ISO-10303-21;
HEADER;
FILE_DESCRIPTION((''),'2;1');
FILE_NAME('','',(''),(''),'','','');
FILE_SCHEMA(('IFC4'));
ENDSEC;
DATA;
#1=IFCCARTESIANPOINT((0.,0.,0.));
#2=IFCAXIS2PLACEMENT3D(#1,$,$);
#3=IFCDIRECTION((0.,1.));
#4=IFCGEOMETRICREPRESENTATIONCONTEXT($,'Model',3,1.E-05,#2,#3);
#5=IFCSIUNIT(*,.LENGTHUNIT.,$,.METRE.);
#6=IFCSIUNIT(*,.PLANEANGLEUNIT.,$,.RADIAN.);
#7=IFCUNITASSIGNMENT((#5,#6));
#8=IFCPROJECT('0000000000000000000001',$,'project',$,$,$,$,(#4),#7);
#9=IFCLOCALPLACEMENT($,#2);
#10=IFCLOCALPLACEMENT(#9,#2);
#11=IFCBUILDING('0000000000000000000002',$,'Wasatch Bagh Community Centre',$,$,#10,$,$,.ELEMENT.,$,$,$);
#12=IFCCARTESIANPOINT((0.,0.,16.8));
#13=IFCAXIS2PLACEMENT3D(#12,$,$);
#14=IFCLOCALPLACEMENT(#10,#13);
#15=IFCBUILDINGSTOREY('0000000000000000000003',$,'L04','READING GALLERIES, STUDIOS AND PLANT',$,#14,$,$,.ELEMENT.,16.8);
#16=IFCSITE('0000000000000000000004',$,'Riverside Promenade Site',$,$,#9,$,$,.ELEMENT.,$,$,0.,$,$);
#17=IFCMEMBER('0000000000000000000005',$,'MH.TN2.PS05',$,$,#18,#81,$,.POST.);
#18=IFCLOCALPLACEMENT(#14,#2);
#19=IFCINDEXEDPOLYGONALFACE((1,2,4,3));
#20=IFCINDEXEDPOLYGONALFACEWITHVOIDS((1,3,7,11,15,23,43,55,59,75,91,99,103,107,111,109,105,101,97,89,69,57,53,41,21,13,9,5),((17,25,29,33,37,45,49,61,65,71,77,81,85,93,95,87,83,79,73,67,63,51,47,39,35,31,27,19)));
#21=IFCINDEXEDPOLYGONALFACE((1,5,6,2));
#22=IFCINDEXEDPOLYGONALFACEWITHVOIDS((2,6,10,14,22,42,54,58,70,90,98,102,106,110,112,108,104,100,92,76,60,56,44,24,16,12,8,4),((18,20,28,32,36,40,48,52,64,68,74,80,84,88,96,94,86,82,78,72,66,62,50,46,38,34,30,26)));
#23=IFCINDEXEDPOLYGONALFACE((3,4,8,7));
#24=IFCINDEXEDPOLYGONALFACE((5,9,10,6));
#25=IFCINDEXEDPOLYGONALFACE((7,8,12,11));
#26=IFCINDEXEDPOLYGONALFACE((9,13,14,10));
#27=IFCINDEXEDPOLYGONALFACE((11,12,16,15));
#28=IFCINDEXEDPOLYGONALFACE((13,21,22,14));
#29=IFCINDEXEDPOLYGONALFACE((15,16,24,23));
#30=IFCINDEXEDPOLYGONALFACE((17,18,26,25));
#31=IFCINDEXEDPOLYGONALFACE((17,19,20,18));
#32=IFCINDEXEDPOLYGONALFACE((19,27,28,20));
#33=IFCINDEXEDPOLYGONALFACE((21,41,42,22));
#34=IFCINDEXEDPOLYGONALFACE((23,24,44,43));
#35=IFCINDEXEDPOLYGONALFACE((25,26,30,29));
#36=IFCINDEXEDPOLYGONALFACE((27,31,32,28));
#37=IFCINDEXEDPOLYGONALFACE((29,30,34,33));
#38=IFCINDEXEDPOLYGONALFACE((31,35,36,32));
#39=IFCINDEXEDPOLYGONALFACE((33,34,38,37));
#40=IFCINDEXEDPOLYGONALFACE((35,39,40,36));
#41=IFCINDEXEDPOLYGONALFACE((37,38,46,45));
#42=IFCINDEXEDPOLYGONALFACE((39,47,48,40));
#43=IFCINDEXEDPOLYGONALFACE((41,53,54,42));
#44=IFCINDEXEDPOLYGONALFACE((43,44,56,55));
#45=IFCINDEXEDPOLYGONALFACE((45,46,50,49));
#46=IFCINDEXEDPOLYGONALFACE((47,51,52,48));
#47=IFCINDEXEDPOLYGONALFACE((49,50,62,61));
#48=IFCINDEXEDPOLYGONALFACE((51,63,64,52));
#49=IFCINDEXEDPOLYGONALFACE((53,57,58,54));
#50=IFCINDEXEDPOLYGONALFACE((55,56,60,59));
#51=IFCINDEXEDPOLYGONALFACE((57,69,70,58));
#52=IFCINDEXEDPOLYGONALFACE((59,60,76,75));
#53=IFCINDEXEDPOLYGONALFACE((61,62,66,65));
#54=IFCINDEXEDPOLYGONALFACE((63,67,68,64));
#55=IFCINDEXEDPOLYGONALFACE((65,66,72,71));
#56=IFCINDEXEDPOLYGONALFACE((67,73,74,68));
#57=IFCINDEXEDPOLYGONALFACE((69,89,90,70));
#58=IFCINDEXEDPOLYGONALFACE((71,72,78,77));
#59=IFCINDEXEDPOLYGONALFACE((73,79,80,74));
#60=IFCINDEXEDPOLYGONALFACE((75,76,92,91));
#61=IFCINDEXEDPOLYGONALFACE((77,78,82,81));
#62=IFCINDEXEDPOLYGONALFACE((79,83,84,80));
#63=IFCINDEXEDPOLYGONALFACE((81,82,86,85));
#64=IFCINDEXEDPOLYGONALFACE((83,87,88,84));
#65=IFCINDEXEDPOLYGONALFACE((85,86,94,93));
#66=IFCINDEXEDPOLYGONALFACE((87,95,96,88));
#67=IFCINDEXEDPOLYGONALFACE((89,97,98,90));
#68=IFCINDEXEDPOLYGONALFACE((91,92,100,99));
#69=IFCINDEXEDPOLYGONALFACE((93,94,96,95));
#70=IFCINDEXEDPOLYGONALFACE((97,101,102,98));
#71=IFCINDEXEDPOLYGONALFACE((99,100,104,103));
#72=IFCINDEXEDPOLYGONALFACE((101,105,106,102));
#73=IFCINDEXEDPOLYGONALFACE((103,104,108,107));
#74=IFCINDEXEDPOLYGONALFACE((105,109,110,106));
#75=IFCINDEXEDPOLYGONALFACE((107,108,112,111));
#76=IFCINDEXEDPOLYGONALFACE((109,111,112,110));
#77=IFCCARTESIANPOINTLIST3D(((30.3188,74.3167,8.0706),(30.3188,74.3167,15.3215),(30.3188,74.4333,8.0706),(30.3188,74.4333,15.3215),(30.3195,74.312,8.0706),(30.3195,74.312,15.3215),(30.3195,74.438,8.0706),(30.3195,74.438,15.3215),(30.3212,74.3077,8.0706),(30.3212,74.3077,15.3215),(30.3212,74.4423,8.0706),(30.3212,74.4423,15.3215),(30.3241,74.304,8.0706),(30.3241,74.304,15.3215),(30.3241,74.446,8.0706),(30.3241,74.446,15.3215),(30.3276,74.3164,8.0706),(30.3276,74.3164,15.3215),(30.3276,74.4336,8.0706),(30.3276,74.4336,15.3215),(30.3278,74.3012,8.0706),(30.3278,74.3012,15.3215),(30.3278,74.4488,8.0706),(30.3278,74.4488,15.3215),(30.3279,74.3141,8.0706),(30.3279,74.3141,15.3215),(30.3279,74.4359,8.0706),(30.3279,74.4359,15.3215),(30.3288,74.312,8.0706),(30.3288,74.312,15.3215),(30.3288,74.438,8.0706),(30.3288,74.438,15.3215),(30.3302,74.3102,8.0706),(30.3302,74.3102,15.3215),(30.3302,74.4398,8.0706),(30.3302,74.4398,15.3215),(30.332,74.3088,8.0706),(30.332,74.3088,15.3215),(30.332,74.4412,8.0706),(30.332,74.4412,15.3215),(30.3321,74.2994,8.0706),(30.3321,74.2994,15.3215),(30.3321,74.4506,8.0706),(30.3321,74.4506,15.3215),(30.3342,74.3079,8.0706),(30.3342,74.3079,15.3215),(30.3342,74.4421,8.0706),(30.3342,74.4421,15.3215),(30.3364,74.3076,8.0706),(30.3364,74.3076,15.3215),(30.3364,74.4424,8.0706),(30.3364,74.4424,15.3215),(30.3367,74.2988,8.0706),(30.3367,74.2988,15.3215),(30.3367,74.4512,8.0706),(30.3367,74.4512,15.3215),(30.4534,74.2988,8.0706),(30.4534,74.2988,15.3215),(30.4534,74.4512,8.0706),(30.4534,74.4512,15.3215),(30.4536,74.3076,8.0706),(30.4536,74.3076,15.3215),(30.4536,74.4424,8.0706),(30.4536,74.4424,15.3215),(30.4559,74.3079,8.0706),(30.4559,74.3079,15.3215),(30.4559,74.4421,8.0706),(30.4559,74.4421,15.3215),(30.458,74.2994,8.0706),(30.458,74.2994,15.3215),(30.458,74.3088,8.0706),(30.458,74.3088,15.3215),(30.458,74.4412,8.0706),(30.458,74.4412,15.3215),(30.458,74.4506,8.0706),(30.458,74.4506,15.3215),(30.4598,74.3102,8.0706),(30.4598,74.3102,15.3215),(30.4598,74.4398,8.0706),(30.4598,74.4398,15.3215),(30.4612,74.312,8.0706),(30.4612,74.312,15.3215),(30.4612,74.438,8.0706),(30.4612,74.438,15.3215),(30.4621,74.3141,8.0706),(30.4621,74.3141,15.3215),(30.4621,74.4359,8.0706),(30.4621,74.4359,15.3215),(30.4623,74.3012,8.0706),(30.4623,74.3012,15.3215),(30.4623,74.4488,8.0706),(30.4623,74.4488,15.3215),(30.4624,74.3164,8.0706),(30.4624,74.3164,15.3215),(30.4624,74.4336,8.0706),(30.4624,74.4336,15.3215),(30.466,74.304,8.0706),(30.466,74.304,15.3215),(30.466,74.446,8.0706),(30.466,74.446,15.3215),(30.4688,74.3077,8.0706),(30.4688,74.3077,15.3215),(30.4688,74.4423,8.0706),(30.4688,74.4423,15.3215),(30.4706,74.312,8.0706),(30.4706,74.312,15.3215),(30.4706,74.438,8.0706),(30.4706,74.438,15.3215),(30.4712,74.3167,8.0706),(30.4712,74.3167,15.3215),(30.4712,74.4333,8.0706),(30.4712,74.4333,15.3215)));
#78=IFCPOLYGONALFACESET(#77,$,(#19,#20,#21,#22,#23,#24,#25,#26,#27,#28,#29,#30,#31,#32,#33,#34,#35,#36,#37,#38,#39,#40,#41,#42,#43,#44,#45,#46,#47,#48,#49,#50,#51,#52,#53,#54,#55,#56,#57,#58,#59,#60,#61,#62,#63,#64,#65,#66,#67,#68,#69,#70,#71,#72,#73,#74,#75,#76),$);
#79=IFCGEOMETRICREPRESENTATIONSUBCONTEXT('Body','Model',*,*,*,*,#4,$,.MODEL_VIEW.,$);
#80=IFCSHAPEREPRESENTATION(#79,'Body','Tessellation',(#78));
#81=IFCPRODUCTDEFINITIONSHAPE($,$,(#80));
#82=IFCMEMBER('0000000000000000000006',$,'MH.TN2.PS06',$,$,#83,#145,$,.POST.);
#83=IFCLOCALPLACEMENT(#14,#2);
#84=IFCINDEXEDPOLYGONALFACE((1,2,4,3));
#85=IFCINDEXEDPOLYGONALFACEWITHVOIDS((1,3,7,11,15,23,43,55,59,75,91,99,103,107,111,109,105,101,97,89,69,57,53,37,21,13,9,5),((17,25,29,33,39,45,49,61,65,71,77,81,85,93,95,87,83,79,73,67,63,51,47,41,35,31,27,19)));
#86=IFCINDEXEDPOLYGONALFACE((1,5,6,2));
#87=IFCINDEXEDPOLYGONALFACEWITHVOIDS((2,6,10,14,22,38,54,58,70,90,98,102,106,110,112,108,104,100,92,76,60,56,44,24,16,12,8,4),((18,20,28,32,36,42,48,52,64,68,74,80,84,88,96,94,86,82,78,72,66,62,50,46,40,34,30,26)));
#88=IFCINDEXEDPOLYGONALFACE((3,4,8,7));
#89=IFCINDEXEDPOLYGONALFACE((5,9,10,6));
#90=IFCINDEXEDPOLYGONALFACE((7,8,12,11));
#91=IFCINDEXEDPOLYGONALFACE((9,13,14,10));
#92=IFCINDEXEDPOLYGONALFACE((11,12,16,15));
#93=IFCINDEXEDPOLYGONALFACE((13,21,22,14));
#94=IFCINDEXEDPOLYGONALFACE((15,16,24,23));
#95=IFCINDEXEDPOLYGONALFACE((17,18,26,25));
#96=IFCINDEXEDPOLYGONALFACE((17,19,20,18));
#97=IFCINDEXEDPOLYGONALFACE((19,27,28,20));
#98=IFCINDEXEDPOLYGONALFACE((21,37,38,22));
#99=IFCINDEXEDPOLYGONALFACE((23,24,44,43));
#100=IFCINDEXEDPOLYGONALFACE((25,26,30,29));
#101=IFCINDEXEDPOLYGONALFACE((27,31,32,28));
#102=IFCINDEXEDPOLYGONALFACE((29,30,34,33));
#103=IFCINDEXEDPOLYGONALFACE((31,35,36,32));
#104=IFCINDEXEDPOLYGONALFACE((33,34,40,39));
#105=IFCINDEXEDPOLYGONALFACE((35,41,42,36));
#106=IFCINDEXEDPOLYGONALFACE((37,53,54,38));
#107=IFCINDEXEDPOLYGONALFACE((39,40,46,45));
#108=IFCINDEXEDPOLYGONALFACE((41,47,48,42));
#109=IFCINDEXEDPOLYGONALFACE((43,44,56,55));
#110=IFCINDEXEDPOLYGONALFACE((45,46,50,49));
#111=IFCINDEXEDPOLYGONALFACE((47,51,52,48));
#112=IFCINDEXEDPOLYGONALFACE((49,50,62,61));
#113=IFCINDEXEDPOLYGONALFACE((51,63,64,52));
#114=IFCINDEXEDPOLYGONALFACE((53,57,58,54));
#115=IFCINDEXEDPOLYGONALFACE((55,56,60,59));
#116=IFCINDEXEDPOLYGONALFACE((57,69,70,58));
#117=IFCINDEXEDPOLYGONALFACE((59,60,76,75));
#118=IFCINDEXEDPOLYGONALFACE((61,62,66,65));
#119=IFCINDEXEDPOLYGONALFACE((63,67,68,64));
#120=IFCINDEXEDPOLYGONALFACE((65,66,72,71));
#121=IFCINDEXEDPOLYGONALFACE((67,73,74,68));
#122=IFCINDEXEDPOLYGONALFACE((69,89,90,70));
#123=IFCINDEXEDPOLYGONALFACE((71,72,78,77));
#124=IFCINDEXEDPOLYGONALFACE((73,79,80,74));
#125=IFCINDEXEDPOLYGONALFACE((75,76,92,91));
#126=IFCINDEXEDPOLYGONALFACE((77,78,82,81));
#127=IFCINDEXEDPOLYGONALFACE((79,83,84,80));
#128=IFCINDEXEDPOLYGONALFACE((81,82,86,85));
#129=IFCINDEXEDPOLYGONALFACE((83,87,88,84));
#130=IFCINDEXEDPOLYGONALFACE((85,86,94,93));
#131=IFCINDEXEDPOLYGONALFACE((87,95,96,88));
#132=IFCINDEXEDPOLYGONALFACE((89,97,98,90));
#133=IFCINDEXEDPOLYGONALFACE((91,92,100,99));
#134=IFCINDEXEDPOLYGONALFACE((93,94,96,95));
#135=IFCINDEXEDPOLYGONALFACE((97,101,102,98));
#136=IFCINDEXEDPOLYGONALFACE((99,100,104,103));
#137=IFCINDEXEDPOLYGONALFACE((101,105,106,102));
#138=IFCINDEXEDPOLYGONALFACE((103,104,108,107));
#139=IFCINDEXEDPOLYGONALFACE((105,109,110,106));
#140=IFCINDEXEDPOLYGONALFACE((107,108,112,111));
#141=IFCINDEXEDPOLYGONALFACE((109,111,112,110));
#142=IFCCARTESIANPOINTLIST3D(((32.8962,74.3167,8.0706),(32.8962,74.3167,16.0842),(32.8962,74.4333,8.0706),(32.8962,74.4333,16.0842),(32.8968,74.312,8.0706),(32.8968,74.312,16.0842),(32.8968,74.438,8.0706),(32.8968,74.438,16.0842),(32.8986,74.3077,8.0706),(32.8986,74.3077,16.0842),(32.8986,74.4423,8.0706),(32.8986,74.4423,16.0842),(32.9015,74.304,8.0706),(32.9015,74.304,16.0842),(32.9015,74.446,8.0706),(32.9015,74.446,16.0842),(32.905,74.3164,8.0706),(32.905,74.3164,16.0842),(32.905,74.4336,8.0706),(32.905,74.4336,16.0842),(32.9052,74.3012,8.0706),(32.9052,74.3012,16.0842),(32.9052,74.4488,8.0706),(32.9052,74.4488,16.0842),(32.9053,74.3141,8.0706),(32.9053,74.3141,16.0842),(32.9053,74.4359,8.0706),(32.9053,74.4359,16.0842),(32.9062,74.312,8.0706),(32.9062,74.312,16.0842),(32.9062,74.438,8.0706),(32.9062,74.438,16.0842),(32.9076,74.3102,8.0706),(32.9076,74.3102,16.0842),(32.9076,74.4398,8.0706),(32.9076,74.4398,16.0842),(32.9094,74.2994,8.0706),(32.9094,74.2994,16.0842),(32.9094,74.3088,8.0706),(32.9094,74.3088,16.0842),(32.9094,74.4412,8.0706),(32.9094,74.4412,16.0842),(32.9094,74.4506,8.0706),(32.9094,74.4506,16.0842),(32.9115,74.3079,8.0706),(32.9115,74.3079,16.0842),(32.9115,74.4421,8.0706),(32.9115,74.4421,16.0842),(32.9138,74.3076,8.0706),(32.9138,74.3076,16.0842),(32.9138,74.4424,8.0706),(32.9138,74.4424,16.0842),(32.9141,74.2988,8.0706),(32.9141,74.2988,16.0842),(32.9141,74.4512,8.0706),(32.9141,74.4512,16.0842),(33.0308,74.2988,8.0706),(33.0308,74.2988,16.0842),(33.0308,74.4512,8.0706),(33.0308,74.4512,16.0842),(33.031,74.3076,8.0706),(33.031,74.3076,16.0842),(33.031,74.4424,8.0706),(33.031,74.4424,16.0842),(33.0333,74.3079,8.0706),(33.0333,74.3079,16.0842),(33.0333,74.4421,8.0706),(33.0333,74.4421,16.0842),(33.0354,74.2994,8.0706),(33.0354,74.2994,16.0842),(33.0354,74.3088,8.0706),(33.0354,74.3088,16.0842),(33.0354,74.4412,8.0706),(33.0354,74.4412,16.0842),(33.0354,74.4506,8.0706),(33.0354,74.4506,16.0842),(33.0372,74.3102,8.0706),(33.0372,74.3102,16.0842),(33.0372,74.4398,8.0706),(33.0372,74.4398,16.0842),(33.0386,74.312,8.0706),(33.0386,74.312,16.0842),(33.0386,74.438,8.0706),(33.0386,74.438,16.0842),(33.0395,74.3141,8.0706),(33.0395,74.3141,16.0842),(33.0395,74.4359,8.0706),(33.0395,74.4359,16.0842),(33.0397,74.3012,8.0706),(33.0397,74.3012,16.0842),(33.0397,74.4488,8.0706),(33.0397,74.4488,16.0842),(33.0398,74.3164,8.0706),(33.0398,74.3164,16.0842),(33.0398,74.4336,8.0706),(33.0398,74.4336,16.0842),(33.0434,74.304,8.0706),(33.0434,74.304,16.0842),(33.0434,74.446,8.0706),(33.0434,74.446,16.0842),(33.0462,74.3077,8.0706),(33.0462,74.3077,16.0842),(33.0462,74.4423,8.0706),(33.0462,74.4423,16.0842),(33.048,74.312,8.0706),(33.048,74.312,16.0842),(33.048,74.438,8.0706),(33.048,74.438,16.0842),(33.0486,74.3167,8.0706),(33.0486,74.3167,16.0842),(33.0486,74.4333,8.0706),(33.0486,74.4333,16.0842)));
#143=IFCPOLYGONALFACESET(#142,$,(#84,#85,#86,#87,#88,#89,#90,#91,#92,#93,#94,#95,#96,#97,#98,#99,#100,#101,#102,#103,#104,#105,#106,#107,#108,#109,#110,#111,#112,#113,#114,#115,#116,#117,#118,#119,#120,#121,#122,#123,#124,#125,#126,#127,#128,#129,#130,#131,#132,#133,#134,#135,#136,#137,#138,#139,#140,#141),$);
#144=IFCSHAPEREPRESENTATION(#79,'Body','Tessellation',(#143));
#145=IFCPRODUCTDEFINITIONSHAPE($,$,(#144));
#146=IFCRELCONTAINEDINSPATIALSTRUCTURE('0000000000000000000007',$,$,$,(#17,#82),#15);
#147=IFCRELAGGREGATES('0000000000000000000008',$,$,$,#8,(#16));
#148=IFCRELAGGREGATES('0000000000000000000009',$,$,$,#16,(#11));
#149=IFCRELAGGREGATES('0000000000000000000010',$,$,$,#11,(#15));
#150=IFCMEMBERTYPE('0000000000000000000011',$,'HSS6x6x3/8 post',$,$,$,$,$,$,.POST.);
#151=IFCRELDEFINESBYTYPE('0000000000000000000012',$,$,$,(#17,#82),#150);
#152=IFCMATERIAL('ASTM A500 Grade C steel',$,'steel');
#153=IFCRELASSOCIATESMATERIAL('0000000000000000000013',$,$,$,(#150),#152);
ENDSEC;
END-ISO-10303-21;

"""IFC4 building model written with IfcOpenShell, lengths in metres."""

from ifc_helpers import new_model, si_unit, direction, frame, origin, origin_2d, place, context, subcontext, project, spatial, hollow_rectangle, extrude, material, material_profile, profile_set, type_object, element, save


model = new_model("IFC4")

# Units and contexts
model_context = context("Model", 3, precision=1e-05, world=origin(), true_north=direction((0.0, 1.0)))
body_context = subcontext(model_context, "Body", "Model", "MODEL_VIEW")
ifc_project = project(units=[si_unit("LENGTHUNIT", "METRE"), si_unit("PLANEANGLEUNIT", "RADIAN")], contexts=[model_context])

# Site, building, storey
site_placement = place(None, origin())
site = spatial("IfcSite", under=ifc_project, at=site_placement, Name="Riverside Promenade Site", CompositionType="ELEMENT", RefElevation=0.0)
building_placement = place(site_placement, origin())
building = spatial("IfcBuilding", under=site, at=building_placement, Name="Wasatch Bagh Community Centre", CompositionType="ELEMENT")
storey_placement = place(building_placement, frame((0.0, 0.0, 16.8)))
storey = spatial("IfcBuildingStorey", under=building, at=storey_placement, Name="L04", Description="READING GALLERIES, STUDIOS AND PLANT", CompositionType="ELEMENT", Elevation=16.8)

# Members
ifc_material_1 = material(Name="ASTM A500 Grade C steel", Category="steel")
ifc_material_profile_1 = material_profile(ifc_material_1, hollow_rectangle(XDim=0.1523, YDim=0.1523, WallThickness=0.0088, InnerFilletRadius=0.0088, OuterFilletRadius=0.0178, at=origin_2d()), Name="HSS6x6x3/8")
ifc_profile_set_1 = profile_set([ifc_material_profile_1], Name="ASTM A500 Grade C steel")
member_type_1 = type_object("IfcMemberType", Name="HSS6x6x3/8 post", PredefinedType="POST", material=ifc_profile_set_1)
member_1_placement = place(storey_placement, frame((30.395, 74.375, 8.0706), z_axis=(0.0, 0.0, 1.0), x_axis=(1.0, 0.0, 0.0)))
element("IfcMember", 1, at=member_1_placement, inside=storey, type_object=member_type_1, Name="MH.TN2.PS05", PredefinedType="POST", context=body_context, shape_type="SweptSolid", body=[
    extrude(hollow_rectangle(XDim=0.1523, YDim=0.1523, WallThickness=0.0088, InnerFilletRadius=0.0088, OuterFilletRadius=0.0178, at=origin_2d()), origin(), (0.0, 0.0, 1.0), 7.251),
])
member_2_placement = place(storey_placement, frame((32.9724, 74.375, 8.0706), z_axis=(0.0, 0.0, 1.0), x_axis=(1.0, 0.0, 0.0)))
element("IfcMember", 2, at=member_2_placement, inside=storey, type_object=member_type_1, Name="MH.TN2.PS06", PredefinedType="POST", context=body_context, shape_type="SweptSolid", body=[
    extrude(hollow_rectangle(XDim=0.1523, YDim=0.1523, WallThickness=0.0088, InnerFilletRadius=0.0088, OuterFilletRadius=0.0178, at=origin_2d()), origin(), (0.0, 0.0, 1.0), 8.0137),
])

save(model, "model.ifc")
